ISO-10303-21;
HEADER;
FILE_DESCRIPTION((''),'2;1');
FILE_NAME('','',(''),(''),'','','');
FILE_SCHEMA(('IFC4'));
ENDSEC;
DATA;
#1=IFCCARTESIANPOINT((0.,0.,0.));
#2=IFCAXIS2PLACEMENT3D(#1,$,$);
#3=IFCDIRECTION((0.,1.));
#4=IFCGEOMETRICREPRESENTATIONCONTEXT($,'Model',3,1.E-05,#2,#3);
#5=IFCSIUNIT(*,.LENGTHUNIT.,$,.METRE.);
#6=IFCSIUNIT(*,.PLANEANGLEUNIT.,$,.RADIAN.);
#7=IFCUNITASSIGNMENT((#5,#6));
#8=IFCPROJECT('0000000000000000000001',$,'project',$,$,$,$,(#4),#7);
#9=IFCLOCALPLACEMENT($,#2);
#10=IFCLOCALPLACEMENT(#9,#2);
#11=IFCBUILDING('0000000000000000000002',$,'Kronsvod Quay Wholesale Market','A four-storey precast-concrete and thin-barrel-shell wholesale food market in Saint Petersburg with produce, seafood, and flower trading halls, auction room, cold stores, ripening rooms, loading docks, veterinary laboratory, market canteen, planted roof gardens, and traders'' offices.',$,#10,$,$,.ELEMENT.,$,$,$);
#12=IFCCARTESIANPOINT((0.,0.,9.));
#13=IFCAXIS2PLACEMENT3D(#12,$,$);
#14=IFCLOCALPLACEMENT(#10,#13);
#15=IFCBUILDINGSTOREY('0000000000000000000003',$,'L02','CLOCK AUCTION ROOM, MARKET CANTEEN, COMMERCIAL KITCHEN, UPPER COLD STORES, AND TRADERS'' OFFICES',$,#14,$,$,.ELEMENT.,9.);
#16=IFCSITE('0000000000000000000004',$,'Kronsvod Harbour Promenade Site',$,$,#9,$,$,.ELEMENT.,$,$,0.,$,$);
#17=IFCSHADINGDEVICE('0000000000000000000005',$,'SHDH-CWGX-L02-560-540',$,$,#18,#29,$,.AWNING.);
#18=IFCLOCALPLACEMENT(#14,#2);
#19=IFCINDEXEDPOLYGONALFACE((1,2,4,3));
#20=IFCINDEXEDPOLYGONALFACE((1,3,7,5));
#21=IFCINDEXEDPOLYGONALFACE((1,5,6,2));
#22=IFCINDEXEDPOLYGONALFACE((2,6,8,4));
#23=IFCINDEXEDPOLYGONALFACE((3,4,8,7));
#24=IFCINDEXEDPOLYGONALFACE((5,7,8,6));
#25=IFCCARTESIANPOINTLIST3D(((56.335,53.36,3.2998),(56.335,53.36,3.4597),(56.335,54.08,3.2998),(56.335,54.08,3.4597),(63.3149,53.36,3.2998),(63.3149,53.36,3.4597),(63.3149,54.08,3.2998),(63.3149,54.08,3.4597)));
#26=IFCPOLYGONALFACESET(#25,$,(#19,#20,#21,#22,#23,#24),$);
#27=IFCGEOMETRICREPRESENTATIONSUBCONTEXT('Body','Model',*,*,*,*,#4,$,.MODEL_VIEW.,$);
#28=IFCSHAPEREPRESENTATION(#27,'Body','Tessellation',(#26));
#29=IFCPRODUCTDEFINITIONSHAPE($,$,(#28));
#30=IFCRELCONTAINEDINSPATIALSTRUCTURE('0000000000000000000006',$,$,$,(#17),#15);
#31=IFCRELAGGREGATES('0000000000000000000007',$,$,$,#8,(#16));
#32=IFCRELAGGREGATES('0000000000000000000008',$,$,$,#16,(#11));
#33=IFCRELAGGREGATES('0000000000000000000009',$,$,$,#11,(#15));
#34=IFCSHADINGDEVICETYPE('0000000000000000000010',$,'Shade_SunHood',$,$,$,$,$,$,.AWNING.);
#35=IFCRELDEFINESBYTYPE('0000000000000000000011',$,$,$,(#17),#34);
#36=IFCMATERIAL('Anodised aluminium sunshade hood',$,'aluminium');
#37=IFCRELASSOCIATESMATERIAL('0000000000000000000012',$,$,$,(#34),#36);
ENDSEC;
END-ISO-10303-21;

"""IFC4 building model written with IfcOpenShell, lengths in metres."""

from ifc_helpers import new_model, si_unit, direction, frame, origin, origin_2d, place, context, subcontext, project, spatial, rectangle, extrude, material, type_object, element, save


model = new_model("IFC4")

# Units and contexts
model_context = context("Model", 3, precision=1e-05, world=origin(), true_north=direction((0.0, 1.0)))
body_context = subcontext(model_context, "Body", "Model", "MODEL_VIEW")
ifc_project = project(units=[si_unit("LENGTHUNIT", "METRE"), si_unit("PLANEANGLEUNIT", "RADIAN")], contexts=[model_context])

# Site, building, storey
site_placement = place(None, origin())
site = spatial("IfcSite", under=ifc_project, at=site_placement, Name="Kronsvod Harbour Promenade Site", CompositionType="ELEMENT", RefElevation=0.0)
building_placement = place(site_placement, origin())
building = spatial("IfcBuilding", under=site, at=building_placement, Name="Kronsvod Quay Wholesale Market", Description="A four-storey precast-concrete and thin-barrel-shell wholesale food market in Saint Petersburg with produce, seafood, and flower trading halls, auction room, cold stores, ripening rooms, loading docks, veterinary laboratory, market canteen, planted roof gardens, and traders' offices.", CompositionType="ELEMENT")
storey_placement = place(building_placement, frame((0.0, 0.0, 9.0)))
storey = spatial("IfcBuildingStorey", under=building, at=storey_placement, Name="L02", Description="CLOCK AUCTION ROOM, MARKET CANTEEN, COMMERCIAL KITCHEN, UPPER COLD STORES, AND TRADERS' OFFICES", CompositionType="ELEMENT", Elevation=9.0)

# Shading device
ifc_material_1 = material(Name="Anodised aluminium sunshade hood", Category="aluminium")
shading_device_type_1 = type_object("IfcShadingDeviceType", Name="Shade_SunHood", PredefinedType="AWNING", material=ifc_material_1)
shading_device_placement = place(storey_placement, frame((59.825, 53.72, 3.2998), z_axis=(0.0, 0.0, 1.0), x_axis=(1.0, 0.0, 0.0)))
element("IfcShadingDevice", 1, at=shading_device_placement, inside=storey, type_object=shading_device_type_1, Name="SHDH-CWGX-L02-560-540", PredefinedType="AWNING", context=body_context, shape_type="SweptSolid", body=[
    extrude(rectangle(XDim=6.98, YDim=0.72, at=origin_2d()), origin(), (0.0, 0.0, 1.0), 0.1599),
])

save(model, "model.ifc")
